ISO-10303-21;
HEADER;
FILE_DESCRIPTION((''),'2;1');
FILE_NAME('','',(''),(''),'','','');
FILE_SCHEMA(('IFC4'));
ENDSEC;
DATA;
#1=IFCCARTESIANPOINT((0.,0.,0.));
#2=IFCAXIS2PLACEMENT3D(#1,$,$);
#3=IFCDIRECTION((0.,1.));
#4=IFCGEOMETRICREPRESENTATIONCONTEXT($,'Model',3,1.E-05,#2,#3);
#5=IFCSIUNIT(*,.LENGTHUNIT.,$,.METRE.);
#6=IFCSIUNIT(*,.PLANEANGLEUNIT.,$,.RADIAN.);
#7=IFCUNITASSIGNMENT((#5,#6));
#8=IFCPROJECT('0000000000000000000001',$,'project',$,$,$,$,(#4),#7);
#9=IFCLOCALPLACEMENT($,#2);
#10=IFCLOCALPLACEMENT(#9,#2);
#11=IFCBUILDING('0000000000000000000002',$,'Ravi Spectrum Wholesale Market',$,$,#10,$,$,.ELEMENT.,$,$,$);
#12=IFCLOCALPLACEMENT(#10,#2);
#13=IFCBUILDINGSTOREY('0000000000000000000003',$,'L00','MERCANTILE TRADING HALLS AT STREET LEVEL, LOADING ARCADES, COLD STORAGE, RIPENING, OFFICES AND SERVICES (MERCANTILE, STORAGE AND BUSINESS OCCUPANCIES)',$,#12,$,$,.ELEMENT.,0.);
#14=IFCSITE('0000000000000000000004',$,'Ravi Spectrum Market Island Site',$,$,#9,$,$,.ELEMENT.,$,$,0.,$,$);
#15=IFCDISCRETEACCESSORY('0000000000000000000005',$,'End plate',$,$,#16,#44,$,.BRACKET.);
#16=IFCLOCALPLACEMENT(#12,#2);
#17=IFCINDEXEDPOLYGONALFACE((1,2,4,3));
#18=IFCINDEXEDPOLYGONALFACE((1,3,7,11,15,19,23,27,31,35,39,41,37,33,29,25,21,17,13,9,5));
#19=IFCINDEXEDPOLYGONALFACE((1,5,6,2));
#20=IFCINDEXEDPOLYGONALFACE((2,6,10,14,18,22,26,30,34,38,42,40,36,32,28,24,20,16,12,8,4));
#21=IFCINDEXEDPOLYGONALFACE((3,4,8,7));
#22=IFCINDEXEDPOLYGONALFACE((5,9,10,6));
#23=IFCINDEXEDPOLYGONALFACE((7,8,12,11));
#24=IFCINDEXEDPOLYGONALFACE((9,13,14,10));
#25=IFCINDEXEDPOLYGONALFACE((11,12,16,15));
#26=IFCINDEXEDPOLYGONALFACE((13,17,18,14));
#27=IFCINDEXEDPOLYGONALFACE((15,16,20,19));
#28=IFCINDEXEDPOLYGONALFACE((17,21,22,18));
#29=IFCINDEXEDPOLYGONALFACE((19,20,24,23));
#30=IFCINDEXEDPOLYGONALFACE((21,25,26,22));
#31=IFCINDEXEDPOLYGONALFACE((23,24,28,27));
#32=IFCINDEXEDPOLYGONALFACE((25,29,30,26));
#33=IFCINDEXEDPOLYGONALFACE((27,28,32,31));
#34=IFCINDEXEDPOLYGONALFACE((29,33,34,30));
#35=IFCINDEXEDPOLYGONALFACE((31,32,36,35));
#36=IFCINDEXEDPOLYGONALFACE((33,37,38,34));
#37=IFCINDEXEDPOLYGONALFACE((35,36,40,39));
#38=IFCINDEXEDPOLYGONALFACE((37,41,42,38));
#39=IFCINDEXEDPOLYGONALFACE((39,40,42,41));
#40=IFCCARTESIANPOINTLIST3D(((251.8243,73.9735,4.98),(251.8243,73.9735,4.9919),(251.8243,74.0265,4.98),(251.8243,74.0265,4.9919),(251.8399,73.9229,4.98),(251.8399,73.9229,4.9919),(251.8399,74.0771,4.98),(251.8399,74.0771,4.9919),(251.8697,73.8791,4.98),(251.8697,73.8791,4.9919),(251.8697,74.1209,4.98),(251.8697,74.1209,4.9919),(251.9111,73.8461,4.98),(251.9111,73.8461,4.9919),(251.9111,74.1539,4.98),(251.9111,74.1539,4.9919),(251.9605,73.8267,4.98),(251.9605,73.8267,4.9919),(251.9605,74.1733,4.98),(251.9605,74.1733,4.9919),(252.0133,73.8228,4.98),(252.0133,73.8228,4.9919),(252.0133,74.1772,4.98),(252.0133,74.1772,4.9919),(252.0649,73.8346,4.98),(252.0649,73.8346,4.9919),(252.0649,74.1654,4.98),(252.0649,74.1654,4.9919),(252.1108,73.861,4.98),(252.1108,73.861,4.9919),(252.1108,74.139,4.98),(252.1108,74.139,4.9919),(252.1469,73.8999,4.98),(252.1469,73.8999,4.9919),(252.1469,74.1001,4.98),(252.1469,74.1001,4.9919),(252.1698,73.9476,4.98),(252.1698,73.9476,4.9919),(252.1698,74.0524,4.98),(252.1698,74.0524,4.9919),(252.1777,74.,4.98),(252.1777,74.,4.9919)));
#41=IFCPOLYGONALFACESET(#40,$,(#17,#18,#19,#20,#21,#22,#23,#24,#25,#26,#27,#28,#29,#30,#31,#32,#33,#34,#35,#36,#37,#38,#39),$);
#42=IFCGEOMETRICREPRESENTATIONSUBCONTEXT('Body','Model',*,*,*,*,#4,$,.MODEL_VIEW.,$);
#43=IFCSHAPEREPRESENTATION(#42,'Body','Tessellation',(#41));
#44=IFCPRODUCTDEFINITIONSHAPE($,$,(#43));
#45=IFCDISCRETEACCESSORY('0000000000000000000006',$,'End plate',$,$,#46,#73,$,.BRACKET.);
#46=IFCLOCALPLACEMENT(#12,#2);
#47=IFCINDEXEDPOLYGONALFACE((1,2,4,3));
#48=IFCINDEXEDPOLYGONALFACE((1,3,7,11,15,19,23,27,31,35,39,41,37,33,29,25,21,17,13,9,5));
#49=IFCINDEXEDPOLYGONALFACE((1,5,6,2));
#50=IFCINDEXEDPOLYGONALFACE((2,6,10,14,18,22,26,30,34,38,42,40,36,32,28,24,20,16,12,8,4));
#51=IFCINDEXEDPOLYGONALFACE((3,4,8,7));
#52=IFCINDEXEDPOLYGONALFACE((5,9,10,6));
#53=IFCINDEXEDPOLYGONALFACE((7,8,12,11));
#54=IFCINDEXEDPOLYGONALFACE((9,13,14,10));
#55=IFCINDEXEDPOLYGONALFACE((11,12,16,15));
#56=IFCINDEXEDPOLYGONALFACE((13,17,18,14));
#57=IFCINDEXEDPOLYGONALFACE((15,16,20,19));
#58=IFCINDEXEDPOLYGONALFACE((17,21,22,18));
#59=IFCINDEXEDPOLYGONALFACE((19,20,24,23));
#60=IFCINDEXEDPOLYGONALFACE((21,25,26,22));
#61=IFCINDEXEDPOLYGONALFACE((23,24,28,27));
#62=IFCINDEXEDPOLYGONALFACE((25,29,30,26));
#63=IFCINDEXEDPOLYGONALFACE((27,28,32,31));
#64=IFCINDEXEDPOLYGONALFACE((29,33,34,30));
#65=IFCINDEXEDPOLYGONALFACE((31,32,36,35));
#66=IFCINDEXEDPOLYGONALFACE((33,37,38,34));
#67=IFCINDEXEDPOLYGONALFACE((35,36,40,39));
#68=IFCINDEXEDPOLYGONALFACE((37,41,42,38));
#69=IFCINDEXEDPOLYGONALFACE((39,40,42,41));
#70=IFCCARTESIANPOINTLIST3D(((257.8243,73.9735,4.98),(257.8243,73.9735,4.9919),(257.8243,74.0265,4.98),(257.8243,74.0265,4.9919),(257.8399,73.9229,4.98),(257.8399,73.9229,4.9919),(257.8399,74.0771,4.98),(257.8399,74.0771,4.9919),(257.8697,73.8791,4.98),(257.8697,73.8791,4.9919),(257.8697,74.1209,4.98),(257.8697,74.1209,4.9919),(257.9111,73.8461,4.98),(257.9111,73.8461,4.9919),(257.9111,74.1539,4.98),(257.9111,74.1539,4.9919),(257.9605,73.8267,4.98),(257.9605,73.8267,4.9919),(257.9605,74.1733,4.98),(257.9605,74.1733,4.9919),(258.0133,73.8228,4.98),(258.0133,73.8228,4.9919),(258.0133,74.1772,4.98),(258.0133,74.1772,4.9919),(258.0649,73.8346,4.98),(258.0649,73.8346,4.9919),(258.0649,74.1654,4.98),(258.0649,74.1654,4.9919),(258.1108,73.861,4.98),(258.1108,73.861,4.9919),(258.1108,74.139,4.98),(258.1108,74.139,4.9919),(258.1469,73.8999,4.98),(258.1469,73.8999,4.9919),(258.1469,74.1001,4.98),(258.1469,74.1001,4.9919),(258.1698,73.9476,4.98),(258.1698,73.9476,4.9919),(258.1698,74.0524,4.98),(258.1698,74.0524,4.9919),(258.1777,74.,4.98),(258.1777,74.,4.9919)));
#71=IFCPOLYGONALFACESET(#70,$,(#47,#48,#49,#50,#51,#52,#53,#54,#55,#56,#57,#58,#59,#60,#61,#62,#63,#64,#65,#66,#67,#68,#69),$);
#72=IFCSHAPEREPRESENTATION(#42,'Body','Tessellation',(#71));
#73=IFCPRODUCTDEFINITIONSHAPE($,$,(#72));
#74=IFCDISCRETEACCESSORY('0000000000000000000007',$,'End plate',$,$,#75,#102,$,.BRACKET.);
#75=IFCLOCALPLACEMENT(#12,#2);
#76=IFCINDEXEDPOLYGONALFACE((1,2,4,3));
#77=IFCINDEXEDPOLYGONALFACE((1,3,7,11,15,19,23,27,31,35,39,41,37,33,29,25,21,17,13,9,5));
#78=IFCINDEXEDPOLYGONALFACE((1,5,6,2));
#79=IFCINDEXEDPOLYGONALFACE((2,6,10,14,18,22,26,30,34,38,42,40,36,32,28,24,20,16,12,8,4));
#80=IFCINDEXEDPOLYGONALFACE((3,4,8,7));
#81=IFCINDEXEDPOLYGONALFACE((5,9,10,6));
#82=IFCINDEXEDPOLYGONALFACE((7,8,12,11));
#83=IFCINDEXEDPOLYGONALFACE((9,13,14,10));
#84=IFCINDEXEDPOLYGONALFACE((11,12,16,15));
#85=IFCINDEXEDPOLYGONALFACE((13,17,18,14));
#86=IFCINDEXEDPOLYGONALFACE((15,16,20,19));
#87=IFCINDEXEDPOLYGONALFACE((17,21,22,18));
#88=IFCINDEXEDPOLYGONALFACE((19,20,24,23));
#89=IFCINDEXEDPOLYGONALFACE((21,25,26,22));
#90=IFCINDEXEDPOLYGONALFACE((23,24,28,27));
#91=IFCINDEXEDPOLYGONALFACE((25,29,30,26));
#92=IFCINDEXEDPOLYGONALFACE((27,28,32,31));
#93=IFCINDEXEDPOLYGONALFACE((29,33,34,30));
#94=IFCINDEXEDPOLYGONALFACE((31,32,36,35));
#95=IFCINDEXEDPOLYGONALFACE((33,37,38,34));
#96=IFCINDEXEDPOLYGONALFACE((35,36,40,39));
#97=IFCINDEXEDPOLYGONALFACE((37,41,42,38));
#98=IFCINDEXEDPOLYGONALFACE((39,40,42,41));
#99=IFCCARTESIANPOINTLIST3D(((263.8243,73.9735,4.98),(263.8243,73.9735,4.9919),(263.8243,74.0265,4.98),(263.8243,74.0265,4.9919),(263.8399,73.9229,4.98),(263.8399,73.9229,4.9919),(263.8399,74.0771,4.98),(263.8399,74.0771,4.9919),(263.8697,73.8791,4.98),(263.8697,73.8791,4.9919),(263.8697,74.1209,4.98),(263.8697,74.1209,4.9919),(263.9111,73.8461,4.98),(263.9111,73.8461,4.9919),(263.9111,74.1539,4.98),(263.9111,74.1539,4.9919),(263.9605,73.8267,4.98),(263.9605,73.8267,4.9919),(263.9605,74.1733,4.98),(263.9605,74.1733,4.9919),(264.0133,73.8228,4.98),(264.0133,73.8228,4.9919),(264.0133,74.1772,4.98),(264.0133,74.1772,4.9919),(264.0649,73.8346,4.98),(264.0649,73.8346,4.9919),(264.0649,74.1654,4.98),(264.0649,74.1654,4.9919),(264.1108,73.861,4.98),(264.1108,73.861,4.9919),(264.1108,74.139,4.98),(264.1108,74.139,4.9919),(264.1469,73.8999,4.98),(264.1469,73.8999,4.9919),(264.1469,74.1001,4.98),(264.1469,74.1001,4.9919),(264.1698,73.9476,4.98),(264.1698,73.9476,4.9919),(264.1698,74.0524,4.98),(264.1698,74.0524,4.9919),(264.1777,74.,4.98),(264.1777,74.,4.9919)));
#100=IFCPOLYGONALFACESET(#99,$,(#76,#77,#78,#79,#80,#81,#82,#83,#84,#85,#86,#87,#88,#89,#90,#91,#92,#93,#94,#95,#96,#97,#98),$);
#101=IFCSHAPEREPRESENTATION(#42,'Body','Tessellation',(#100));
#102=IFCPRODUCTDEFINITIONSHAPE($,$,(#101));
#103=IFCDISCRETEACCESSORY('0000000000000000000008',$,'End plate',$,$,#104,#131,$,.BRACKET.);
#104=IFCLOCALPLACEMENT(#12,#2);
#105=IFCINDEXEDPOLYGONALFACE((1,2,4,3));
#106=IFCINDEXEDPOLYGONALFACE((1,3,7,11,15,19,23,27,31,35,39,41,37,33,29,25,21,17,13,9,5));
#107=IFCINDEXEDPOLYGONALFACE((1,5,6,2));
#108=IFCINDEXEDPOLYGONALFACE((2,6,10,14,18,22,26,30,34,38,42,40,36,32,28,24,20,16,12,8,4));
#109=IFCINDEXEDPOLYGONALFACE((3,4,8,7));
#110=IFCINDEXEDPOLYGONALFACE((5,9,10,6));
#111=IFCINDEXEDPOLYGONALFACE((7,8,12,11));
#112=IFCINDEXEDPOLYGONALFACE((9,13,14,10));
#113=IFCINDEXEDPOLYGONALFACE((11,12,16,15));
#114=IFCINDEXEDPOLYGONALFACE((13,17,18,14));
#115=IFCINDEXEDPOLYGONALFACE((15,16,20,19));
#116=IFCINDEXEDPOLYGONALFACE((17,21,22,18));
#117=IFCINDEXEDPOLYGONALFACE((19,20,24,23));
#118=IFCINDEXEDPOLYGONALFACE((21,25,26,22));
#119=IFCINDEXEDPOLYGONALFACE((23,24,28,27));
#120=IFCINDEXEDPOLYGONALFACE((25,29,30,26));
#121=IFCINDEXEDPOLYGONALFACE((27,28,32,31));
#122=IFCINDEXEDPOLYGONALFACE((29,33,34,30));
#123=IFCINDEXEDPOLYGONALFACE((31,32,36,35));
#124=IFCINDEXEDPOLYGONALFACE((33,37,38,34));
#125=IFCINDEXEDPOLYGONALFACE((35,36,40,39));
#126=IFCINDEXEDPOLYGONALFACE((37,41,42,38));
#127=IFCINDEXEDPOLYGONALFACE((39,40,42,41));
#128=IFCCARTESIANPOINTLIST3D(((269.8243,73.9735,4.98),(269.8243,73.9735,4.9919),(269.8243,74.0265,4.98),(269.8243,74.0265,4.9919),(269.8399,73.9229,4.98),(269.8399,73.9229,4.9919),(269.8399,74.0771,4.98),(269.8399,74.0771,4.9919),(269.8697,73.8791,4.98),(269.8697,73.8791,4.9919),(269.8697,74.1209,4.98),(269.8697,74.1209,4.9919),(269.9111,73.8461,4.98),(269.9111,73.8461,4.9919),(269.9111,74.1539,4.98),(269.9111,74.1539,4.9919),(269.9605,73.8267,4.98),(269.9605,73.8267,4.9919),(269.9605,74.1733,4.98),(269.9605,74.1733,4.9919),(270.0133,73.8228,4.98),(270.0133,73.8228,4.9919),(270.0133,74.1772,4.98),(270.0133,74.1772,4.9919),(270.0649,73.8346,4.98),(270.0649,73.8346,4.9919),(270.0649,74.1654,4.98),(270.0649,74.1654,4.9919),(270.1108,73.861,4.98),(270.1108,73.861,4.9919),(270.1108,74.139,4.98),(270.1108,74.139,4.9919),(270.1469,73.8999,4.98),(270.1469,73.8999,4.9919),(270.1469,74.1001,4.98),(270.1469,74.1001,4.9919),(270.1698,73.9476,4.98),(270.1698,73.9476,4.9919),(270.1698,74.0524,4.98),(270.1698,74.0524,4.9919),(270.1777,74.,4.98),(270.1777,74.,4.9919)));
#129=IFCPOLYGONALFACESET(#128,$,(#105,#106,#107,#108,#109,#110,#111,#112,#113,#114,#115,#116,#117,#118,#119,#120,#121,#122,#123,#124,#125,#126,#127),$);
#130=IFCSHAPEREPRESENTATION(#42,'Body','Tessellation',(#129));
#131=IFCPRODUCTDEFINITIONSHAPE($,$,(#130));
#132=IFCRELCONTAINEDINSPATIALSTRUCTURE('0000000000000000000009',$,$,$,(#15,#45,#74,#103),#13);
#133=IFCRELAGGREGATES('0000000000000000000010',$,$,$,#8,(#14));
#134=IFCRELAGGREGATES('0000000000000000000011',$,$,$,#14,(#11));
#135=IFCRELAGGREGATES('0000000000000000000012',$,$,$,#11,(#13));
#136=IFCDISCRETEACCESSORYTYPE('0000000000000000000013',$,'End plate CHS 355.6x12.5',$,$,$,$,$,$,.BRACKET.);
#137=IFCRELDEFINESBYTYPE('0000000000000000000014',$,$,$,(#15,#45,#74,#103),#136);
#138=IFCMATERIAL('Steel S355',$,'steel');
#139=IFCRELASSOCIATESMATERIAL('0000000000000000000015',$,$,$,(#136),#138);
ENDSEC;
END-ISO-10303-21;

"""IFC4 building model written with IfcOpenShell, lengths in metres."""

from ifc_helpers import new_model, si_unit, direction, frame, origin, origin_2d, place, context, subcontext, project, spatial, circle, extrude, material, material_profile, profile_set, type_object, element, save


model = new_model("IFC4")

# Units and contexts
model_context = context("Model", 3, precision=1e-05, world=origin(), true_north=direction((0.0, 1.0)))
body_context = subcontext(model_context, "Body", "Model", "MODEL_VIEW")
ifc_project = project(units=[si_unit("LENGTHUNIT", "METRE"), si_unit("PLANEANGLEUNIT", "RADIAN")], contexts=[model_context])

# Site, building, storey
site_placement = place(None, origin())
site = spatial("IfcSite", under=ifc_project, at=site_placement, Name="Ravi Spectrum Market Island Site", CompositionType="ELEMENT", RefElevation=0.0)
building_placement = place(site_placement, origin())
building = spatial("IfcBuilding", under=site, at=building_placement, Name="Ravi Spectrum Wholesale Market", CompositionType="ELEMENT")
storey_placement = place(building_placement, origin())
storey = spatial("IfcBuildingStorey", under=building, at=storey_placement, Name="L00", Description="MERCANTILE TRADING HALLS AT STREET LEVEL, LOADING ARCADES, COLD STORAGE, RIPENING, OFFICES AND SERVICES (MERCANTILE, STORAGE AND BUSINESS OCCUPANCIES)", CompositionType="ELEMENT", Elevation=0.0)

# Discrete accessories
ifc_material_1 = material(Name="Steel S355", Category="steel")
ifc_material_profile_1 = material_profile(ifc_material_1, circle(Radius=0.1777, at=origin_2d()))
ifc_profile_set_1 = profile_set([ifc_material_profile_1], Name="Steel S355")
discrete_accessory_type = type_object("IfcDiscreteAccessoryType", Name="End plate CHS 355.6x12.5", PredefinedType="BRACKET", material=ifc_profile_set_1)
for number, where, z_axis, x_axis, name in (
    (1, (252.0, 74.0, 4.98), (0.0, 0.0, 1.0), (1.0, 0.0, 0.0), "End plate"),
    (2, (258.0, 74.0, 4.98), (0.0, 0.0, 1.0), (1.0, 0.0, 0.0), "End plate"),
    (3, (264.0, 74.0, 4.98), (0.0, 0.0, 1.0), (1.0, 0.0, 0.0), "End plate"),
    (4, (270.0, 74.0, 4.98), (0.0, 0.0, 1.0), (1.0, 0.0, 0.0), "End plate"),
):
    element("IfcDiscreteAccessory", number, at=place(storey_placement, frame(where, z_axis=z_axis, x_axis=x_axis)), inside=storey, type_object=discrete_accessory_type, Name=name, PredefinedType="BRACKET", context=body_context, shape_type="SweptSolid", body=[
        extrude(circle(Radius=0.1777, at=origin_2d()), origin(), (0.0, 0.0, 1.0), 0.012),
    ])

save(model, "model.ifc")
